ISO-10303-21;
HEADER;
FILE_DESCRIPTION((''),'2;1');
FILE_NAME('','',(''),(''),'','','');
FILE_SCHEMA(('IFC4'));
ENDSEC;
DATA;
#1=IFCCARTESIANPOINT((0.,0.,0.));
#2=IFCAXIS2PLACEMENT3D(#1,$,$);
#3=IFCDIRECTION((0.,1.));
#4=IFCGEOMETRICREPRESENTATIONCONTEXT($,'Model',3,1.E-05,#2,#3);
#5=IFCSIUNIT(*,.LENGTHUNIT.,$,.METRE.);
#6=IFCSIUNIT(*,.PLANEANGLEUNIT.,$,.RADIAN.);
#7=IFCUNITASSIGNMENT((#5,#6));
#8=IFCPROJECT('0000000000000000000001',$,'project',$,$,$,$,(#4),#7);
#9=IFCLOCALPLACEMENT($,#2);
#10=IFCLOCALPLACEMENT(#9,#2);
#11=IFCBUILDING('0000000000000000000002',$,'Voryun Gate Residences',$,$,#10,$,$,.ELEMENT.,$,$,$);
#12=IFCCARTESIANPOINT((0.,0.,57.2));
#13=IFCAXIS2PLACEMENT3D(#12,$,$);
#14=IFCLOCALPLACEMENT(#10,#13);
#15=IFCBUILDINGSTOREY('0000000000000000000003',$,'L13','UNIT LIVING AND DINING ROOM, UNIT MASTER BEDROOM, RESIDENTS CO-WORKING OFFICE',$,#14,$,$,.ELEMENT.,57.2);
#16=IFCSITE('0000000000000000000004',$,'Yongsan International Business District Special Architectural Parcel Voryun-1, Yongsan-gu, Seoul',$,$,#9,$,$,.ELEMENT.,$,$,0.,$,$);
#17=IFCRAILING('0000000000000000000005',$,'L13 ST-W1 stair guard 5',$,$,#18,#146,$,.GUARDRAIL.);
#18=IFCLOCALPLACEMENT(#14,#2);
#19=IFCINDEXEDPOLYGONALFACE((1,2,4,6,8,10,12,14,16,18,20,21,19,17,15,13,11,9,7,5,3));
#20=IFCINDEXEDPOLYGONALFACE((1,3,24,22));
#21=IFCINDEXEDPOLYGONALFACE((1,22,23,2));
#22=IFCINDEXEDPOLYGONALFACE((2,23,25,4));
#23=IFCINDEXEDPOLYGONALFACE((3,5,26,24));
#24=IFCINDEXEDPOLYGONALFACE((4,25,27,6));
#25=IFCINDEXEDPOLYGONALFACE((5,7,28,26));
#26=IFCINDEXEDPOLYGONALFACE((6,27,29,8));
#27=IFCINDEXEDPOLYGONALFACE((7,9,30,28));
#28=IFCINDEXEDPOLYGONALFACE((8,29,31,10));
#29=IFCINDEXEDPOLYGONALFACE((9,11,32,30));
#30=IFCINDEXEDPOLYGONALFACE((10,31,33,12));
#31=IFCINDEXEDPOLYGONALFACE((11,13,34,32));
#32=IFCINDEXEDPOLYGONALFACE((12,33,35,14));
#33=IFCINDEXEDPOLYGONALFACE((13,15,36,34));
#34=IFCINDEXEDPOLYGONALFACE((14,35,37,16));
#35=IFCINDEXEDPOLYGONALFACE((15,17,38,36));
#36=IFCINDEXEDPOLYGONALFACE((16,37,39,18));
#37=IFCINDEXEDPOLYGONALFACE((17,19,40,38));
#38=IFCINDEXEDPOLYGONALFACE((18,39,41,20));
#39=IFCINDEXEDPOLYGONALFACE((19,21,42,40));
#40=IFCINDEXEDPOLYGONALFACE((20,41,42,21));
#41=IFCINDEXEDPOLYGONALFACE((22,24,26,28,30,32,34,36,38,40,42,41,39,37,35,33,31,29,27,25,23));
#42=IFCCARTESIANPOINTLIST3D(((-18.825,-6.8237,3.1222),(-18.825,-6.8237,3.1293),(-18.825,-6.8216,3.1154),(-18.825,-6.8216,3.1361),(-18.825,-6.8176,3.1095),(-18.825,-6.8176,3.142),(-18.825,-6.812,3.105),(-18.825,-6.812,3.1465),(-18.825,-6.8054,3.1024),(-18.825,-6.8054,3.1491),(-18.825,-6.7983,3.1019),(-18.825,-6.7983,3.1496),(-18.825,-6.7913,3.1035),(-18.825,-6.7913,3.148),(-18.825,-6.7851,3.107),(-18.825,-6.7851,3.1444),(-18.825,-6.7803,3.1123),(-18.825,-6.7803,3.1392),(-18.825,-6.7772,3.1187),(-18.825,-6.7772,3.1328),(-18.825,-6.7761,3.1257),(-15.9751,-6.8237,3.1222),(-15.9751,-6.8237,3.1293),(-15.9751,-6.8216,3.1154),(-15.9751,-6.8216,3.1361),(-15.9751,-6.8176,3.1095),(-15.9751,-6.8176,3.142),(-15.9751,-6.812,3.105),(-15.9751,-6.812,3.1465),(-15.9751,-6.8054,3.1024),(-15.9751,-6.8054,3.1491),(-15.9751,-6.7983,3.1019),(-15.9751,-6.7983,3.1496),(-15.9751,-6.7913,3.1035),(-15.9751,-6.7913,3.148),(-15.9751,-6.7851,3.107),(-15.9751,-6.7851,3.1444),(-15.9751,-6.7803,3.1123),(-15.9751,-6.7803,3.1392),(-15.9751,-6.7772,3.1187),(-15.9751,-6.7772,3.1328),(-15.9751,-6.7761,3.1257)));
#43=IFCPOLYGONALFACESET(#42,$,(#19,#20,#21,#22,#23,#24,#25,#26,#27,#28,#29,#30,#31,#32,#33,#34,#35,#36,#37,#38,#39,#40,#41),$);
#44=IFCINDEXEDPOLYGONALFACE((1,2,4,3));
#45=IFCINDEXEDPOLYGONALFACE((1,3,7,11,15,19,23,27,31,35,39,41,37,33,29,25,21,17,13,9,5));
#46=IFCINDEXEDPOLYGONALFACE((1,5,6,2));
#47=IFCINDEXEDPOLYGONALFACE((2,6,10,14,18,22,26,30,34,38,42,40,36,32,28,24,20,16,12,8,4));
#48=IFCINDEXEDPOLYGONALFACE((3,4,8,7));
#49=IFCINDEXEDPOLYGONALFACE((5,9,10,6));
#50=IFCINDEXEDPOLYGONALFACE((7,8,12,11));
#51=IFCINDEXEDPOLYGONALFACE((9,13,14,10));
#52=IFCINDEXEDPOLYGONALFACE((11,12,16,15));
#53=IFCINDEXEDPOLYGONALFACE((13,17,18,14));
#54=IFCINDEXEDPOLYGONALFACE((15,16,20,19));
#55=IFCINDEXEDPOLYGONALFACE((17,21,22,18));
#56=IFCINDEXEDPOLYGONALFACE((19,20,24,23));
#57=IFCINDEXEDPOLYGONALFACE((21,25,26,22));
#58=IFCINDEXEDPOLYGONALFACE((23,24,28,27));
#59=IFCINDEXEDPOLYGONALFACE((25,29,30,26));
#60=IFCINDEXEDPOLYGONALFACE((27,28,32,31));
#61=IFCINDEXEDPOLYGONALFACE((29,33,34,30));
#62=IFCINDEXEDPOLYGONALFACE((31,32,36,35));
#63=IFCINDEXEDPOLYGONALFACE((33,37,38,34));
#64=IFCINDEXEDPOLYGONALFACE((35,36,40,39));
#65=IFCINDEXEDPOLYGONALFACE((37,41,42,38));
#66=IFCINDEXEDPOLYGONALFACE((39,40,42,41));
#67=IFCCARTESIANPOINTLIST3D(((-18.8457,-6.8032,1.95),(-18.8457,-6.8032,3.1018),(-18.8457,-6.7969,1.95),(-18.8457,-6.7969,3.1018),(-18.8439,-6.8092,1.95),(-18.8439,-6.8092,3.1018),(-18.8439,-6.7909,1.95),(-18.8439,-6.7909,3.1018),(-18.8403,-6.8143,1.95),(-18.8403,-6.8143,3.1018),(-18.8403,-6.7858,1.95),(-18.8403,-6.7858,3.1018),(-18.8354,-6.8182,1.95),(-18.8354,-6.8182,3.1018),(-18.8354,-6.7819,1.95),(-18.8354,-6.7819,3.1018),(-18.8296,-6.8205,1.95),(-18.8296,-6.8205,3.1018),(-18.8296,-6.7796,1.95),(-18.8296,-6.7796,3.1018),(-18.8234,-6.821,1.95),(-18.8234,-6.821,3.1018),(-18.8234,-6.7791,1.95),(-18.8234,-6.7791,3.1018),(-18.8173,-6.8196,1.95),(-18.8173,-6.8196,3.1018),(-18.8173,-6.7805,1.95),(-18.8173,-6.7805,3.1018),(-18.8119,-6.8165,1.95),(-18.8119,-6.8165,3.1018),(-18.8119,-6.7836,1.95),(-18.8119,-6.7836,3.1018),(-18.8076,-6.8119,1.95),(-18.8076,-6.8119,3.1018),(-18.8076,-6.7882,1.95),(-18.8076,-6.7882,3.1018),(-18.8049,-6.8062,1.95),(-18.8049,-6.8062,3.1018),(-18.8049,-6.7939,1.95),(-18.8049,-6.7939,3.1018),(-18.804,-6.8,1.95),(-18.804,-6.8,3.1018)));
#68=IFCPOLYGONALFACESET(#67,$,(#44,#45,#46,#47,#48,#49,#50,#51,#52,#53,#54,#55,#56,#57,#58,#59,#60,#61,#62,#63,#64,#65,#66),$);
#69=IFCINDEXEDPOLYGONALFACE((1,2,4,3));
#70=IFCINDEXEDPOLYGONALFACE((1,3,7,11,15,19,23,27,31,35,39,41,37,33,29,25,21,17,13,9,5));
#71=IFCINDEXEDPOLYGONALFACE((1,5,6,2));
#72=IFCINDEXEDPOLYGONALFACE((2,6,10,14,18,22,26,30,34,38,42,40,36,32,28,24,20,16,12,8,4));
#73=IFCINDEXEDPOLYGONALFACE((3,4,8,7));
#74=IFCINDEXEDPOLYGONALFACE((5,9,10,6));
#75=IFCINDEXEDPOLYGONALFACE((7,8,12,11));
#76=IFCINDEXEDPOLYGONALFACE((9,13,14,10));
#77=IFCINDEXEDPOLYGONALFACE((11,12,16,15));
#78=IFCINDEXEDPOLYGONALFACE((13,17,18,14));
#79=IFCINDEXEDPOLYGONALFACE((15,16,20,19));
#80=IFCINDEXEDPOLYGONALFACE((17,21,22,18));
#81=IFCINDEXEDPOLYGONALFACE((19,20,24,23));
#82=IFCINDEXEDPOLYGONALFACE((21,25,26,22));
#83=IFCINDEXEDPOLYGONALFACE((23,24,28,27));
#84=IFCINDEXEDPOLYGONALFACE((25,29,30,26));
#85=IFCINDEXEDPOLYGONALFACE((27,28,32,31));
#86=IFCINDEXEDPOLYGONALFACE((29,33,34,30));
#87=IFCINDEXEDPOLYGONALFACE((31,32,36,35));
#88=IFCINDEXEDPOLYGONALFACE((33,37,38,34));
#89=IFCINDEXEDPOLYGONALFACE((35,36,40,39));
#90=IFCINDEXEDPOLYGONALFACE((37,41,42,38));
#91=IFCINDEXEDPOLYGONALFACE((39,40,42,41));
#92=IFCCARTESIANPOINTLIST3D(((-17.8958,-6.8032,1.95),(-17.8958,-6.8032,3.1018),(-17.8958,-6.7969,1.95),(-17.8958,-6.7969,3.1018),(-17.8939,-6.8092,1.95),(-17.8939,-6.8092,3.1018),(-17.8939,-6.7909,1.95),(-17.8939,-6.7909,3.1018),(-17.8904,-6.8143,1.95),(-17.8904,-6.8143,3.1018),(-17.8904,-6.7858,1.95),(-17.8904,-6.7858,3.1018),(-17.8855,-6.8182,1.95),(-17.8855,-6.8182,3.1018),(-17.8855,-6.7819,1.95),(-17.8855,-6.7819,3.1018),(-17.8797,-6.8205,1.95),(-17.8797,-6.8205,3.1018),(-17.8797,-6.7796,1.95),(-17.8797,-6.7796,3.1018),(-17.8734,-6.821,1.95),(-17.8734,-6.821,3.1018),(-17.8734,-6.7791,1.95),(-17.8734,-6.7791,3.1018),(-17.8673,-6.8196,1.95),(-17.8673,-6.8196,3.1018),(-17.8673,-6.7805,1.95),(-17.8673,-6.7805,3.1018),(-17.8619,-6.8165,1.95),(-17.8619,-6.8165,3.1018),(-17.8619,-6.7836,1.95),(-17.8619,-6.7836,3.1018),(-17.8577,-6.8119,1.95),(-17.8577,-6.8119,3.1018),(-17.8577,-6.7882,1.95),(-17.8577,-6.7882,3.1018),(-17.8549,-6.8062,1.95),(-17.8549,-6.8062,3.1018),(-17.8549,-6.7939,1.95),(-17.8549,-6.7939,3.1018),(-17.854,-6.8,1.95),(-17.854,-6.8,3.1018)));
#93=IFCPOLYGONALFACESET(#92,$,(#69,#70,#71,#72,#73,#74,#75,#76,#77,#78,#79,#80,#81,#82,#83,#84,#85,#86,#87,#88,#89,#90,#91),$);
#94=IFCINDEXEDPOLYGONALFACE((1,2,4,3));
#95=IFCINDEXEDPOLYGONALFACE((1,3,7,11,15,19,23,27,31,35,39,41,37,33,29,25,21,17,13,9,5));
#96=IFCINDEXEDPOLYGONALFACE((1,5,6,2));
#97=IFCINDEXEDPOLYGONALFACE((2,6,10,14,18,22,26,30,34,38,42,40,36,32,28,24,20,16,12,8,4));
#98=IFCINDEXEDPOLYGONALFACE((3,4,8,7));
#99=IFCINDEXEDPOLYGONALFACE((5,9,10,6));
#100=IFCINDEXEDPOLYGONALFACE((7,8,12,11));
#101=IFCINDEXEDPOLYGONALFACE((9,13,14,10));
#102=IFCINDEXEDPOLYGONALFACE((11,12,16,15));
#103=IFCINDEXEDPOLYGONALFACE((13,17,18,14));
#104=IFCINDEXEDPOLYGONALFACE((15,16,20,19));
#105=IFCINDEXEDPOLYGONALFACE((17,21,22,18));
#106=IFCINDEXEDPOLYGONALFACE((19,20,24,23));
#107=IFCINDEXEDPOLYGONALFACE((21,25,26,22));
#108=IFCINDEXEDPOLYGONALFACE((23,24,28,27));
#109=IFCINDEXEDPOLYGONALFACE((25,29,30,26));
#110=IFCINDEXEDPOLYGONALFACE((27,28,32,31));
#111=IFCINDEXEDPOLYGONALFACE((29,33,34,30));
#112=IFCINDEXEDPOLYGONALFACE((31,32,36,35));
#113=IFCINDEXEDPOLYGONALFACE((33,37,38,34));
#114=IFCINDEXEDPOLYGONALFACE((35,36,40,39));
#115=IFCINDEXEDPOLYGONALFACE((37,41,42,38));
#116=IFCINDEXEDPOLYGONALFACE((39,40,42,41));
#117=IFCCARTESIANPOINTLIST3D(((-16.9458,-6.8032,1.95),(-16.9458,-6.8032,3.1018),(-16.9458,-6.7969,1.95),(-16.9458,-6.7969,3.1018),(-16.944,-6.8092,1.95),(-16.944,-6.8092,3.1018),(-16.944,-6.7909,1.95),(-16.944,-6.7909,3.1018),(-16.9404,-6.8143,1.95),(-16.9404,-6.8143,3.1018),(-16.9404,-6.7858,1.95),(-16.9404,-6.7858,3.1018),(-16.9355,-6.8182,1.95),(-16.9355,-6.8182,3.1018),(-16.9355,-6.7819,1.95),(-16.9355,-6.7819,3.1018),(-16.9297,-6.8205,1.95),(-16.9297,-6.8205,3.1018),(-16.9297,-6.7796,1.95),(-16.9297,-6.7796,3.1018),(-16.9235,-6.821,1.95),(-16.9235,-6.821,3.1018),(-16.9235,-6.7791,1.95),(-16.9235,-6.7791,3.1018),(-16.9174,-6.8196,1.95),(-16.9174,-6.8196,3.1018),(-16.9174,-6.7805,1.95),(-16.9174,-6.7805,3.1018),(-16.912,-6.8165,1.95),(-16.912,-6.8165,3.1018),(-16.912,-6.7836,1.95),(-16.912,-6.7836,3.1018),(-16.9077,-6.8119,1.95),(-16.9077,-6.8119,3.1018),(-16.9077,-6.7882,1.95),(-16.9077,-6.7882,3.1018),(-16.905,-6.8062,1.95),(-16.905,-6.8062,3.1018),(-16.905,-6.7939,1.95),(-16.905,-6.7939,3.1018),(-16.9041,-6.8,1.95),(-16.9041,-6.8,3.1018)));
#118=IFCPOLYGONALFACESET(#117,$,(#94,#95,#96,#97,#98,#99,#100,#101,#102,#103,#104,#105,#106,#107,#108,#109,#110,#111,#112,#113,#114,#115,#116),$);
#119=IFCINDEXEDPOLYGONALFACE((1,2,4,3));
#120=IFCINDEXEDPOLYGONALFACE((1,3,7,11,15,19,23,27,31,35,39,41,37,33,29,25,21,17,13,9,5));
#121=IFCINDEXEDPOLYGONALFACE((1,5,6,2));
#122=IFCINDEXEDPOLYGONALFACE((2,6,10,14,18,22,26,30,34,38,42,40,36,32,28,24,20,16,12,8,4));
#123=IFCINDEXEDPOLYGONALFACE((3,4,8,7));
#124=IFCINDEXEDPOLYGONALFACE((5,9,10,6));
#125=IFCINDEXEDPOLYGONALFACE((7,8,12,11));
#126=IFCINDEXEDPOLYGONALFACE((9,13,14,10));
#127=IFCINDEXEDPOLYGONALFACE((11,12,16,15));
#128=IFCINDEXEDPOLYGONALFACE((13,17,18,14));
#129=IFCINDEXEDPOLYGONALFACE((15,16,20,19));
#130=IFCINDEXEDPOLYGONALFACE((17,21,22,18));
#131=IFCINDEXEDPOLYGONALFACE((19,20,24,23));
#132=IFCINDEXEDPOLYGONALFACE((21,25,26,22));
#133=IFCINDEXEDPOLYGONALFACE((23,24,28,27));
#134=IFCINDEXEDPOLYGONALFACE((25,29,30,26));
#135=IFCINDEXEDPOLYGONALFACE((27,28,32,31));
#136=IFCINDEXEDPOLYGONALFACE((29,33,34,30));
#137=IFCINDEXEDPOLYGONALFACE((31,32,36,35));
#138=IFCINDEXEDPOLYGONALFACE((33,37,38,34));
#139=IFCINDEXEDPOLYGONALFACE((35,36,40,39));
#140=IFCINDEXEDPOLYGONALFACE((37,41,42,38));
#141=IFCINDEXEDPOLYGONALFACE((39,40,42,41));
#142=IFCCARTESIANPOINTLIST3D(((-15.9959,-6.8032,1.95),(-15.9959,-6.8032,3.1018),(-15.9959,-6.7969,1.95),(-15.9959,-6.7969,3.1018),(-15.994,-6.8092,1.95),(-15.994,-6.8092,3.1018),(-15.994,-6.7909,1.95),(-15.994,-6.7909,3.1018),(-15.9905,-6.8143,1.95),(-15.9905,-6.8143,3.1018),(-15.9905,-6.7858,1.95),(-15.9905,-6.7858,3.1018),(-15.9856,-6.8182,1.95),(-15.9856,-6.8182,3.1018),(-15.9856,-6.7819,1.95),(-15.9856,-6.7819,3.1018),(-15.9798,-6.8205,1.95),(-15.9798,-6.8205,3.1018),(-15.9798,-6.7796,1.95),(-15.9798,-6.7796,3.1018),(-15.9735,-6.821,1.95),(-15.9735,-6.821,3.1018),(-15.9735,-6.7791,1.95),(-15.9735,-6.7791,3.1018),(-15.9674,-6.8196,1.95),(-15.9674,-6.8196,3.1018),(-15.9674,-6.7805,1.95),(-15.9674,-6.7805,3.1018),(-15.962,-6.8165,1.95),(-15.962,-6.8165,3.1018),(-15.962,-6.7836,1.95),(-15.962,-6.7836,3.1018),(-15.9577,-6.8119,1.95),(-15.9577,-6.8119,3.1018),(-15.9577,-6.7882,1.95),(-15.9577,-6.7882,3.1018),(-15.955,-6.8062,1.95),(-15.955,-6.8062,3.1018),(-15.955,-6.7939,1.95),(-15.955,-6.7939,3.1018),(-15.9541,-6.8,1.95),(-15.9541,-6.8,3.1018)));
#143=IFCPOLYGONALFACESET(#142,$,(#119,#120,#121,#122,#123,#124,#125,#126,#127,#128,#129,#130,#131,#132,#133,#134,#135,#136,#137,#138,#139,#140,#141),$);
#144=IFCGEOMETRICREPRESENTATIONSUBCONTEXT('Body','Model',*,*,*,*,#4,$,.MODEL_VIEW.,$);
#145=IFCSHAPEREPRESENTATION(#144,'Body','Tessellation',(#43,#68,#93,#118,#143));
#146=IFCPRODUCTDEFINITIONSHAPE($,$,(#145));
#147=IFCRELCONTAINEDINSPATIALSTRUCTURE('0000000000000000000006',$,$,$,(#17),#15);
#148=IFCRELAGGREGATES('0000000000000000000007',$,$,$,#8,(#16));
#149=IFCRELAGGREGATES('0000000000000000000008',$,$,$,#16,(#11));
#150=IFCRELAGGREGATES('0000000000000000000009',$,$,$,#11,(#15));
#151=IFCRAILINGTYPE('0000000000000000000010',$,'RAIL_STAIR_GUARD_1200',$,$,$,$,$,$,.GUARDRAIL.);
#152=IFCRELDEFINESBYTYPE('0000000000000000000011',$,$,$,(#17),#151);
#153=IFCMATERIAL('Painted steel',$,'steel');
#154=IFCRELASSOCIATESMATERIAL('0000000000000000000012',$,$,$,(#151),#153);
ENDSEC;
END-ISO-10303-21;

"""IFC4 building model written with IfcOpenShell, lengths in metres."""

from ifc_helpers import new_model, si_unit, direction, frame, origin, origin_2d, place, context, subcontext, project, spatial, circle, extrude, material, type_object, element, save


model = new_model("IFC4")

# Units and contexts
model_context = context("Model", 3, precision=1e-05, world=origin(), true_north=direction((0.0, 1.0)))
body_context = subcontext(model_context, "Body", "Model", "MODEL_VIEW")
ifc_project = project(units=[si_unit("LENGTHUNIT", "METRE"), si_unit("PLANEANGLEUNIT", "RADIAN")], contexts=[model_context])

# Site, building, storey
site_placement = place(None, origin())
site = spatial("IfcSite", under=ifc_project, at=site_placement, Name="Yongsan International Business District Special Architectural Parcel Voryun-1, Yongsan-gu, Seoul", CompositionType="ELEMENT", RefElevation=0.0)
building_placement = place(site_placement, origin())
building = spatial("IfcBuilding", under=site, at=building_placement, Name="Voryun Gate Residences", CompositionType="ELEMENT")
storey_placement = place(building_placement, frame((0.0, 0.0, 57.2)))
storey = spatial("IfcBuildingStorey", under=building, at=storey_placement, Name="L13", Description="UNIT LIVING AND DINING ROOM, UNIT MASTER BEDROOM, RESIDENTS CO-WORKING OFFICE", CompositionType="ELEMENT", Elevation=57.2)

# Railing
ifc_material_1 = material(Name="Painted steel", Category="steel")
railing_type_1 = type_object("IfcRailingType", Name="RAIL_STAIR_GUARD_1200", PredefinedType="GUARDRAIL", material=ifc_material_1)
railing_1_placement = place(storey_placement, frame((-18.825, -6.8, 1.95)))
element("IfcRailing", 1, at=railing_1_placement, inside=storey, type_object=railing_type_1, Name="L13 ST-W1 stair guard 5", PredefinedType="GUARDRAIL", context=body_context, shape_type="SweptSolid", body=[
    extrude(circle(Radius=0.0239, at=origin_2d()), frame((0.0, 0.0, 1.1758), z_axis=(1.0, 0.0, 0.0), x_axis=(0.0, 1.0, 0.0)), (0.0, 0.0, 1.0), 2.8499),
    extrude(circle(Radius=0.021, at=origin_2d()), origin(), (0.0, 0.0, 1.0), 1.1519),
    extrude(circle(Radius=0.021, at=origin_2d()), frame((0.95, 0.0, 0.0)), (0.0, 0.0, 1.0), 1.1519),
    extrude(circle(Radius=0.021, at=origin_2d()), frame((1.8999, 0.0, 0.0)), (0.0, 0.0, 1.0), 1.1519),
    extrude(circle(Radius=0.021, at=origin_2d()), frame((2.8499, 0.0, 0.0)), (0.0, 0.0, 1.0), 1.1519),
])

save(model, "model.ifc")
